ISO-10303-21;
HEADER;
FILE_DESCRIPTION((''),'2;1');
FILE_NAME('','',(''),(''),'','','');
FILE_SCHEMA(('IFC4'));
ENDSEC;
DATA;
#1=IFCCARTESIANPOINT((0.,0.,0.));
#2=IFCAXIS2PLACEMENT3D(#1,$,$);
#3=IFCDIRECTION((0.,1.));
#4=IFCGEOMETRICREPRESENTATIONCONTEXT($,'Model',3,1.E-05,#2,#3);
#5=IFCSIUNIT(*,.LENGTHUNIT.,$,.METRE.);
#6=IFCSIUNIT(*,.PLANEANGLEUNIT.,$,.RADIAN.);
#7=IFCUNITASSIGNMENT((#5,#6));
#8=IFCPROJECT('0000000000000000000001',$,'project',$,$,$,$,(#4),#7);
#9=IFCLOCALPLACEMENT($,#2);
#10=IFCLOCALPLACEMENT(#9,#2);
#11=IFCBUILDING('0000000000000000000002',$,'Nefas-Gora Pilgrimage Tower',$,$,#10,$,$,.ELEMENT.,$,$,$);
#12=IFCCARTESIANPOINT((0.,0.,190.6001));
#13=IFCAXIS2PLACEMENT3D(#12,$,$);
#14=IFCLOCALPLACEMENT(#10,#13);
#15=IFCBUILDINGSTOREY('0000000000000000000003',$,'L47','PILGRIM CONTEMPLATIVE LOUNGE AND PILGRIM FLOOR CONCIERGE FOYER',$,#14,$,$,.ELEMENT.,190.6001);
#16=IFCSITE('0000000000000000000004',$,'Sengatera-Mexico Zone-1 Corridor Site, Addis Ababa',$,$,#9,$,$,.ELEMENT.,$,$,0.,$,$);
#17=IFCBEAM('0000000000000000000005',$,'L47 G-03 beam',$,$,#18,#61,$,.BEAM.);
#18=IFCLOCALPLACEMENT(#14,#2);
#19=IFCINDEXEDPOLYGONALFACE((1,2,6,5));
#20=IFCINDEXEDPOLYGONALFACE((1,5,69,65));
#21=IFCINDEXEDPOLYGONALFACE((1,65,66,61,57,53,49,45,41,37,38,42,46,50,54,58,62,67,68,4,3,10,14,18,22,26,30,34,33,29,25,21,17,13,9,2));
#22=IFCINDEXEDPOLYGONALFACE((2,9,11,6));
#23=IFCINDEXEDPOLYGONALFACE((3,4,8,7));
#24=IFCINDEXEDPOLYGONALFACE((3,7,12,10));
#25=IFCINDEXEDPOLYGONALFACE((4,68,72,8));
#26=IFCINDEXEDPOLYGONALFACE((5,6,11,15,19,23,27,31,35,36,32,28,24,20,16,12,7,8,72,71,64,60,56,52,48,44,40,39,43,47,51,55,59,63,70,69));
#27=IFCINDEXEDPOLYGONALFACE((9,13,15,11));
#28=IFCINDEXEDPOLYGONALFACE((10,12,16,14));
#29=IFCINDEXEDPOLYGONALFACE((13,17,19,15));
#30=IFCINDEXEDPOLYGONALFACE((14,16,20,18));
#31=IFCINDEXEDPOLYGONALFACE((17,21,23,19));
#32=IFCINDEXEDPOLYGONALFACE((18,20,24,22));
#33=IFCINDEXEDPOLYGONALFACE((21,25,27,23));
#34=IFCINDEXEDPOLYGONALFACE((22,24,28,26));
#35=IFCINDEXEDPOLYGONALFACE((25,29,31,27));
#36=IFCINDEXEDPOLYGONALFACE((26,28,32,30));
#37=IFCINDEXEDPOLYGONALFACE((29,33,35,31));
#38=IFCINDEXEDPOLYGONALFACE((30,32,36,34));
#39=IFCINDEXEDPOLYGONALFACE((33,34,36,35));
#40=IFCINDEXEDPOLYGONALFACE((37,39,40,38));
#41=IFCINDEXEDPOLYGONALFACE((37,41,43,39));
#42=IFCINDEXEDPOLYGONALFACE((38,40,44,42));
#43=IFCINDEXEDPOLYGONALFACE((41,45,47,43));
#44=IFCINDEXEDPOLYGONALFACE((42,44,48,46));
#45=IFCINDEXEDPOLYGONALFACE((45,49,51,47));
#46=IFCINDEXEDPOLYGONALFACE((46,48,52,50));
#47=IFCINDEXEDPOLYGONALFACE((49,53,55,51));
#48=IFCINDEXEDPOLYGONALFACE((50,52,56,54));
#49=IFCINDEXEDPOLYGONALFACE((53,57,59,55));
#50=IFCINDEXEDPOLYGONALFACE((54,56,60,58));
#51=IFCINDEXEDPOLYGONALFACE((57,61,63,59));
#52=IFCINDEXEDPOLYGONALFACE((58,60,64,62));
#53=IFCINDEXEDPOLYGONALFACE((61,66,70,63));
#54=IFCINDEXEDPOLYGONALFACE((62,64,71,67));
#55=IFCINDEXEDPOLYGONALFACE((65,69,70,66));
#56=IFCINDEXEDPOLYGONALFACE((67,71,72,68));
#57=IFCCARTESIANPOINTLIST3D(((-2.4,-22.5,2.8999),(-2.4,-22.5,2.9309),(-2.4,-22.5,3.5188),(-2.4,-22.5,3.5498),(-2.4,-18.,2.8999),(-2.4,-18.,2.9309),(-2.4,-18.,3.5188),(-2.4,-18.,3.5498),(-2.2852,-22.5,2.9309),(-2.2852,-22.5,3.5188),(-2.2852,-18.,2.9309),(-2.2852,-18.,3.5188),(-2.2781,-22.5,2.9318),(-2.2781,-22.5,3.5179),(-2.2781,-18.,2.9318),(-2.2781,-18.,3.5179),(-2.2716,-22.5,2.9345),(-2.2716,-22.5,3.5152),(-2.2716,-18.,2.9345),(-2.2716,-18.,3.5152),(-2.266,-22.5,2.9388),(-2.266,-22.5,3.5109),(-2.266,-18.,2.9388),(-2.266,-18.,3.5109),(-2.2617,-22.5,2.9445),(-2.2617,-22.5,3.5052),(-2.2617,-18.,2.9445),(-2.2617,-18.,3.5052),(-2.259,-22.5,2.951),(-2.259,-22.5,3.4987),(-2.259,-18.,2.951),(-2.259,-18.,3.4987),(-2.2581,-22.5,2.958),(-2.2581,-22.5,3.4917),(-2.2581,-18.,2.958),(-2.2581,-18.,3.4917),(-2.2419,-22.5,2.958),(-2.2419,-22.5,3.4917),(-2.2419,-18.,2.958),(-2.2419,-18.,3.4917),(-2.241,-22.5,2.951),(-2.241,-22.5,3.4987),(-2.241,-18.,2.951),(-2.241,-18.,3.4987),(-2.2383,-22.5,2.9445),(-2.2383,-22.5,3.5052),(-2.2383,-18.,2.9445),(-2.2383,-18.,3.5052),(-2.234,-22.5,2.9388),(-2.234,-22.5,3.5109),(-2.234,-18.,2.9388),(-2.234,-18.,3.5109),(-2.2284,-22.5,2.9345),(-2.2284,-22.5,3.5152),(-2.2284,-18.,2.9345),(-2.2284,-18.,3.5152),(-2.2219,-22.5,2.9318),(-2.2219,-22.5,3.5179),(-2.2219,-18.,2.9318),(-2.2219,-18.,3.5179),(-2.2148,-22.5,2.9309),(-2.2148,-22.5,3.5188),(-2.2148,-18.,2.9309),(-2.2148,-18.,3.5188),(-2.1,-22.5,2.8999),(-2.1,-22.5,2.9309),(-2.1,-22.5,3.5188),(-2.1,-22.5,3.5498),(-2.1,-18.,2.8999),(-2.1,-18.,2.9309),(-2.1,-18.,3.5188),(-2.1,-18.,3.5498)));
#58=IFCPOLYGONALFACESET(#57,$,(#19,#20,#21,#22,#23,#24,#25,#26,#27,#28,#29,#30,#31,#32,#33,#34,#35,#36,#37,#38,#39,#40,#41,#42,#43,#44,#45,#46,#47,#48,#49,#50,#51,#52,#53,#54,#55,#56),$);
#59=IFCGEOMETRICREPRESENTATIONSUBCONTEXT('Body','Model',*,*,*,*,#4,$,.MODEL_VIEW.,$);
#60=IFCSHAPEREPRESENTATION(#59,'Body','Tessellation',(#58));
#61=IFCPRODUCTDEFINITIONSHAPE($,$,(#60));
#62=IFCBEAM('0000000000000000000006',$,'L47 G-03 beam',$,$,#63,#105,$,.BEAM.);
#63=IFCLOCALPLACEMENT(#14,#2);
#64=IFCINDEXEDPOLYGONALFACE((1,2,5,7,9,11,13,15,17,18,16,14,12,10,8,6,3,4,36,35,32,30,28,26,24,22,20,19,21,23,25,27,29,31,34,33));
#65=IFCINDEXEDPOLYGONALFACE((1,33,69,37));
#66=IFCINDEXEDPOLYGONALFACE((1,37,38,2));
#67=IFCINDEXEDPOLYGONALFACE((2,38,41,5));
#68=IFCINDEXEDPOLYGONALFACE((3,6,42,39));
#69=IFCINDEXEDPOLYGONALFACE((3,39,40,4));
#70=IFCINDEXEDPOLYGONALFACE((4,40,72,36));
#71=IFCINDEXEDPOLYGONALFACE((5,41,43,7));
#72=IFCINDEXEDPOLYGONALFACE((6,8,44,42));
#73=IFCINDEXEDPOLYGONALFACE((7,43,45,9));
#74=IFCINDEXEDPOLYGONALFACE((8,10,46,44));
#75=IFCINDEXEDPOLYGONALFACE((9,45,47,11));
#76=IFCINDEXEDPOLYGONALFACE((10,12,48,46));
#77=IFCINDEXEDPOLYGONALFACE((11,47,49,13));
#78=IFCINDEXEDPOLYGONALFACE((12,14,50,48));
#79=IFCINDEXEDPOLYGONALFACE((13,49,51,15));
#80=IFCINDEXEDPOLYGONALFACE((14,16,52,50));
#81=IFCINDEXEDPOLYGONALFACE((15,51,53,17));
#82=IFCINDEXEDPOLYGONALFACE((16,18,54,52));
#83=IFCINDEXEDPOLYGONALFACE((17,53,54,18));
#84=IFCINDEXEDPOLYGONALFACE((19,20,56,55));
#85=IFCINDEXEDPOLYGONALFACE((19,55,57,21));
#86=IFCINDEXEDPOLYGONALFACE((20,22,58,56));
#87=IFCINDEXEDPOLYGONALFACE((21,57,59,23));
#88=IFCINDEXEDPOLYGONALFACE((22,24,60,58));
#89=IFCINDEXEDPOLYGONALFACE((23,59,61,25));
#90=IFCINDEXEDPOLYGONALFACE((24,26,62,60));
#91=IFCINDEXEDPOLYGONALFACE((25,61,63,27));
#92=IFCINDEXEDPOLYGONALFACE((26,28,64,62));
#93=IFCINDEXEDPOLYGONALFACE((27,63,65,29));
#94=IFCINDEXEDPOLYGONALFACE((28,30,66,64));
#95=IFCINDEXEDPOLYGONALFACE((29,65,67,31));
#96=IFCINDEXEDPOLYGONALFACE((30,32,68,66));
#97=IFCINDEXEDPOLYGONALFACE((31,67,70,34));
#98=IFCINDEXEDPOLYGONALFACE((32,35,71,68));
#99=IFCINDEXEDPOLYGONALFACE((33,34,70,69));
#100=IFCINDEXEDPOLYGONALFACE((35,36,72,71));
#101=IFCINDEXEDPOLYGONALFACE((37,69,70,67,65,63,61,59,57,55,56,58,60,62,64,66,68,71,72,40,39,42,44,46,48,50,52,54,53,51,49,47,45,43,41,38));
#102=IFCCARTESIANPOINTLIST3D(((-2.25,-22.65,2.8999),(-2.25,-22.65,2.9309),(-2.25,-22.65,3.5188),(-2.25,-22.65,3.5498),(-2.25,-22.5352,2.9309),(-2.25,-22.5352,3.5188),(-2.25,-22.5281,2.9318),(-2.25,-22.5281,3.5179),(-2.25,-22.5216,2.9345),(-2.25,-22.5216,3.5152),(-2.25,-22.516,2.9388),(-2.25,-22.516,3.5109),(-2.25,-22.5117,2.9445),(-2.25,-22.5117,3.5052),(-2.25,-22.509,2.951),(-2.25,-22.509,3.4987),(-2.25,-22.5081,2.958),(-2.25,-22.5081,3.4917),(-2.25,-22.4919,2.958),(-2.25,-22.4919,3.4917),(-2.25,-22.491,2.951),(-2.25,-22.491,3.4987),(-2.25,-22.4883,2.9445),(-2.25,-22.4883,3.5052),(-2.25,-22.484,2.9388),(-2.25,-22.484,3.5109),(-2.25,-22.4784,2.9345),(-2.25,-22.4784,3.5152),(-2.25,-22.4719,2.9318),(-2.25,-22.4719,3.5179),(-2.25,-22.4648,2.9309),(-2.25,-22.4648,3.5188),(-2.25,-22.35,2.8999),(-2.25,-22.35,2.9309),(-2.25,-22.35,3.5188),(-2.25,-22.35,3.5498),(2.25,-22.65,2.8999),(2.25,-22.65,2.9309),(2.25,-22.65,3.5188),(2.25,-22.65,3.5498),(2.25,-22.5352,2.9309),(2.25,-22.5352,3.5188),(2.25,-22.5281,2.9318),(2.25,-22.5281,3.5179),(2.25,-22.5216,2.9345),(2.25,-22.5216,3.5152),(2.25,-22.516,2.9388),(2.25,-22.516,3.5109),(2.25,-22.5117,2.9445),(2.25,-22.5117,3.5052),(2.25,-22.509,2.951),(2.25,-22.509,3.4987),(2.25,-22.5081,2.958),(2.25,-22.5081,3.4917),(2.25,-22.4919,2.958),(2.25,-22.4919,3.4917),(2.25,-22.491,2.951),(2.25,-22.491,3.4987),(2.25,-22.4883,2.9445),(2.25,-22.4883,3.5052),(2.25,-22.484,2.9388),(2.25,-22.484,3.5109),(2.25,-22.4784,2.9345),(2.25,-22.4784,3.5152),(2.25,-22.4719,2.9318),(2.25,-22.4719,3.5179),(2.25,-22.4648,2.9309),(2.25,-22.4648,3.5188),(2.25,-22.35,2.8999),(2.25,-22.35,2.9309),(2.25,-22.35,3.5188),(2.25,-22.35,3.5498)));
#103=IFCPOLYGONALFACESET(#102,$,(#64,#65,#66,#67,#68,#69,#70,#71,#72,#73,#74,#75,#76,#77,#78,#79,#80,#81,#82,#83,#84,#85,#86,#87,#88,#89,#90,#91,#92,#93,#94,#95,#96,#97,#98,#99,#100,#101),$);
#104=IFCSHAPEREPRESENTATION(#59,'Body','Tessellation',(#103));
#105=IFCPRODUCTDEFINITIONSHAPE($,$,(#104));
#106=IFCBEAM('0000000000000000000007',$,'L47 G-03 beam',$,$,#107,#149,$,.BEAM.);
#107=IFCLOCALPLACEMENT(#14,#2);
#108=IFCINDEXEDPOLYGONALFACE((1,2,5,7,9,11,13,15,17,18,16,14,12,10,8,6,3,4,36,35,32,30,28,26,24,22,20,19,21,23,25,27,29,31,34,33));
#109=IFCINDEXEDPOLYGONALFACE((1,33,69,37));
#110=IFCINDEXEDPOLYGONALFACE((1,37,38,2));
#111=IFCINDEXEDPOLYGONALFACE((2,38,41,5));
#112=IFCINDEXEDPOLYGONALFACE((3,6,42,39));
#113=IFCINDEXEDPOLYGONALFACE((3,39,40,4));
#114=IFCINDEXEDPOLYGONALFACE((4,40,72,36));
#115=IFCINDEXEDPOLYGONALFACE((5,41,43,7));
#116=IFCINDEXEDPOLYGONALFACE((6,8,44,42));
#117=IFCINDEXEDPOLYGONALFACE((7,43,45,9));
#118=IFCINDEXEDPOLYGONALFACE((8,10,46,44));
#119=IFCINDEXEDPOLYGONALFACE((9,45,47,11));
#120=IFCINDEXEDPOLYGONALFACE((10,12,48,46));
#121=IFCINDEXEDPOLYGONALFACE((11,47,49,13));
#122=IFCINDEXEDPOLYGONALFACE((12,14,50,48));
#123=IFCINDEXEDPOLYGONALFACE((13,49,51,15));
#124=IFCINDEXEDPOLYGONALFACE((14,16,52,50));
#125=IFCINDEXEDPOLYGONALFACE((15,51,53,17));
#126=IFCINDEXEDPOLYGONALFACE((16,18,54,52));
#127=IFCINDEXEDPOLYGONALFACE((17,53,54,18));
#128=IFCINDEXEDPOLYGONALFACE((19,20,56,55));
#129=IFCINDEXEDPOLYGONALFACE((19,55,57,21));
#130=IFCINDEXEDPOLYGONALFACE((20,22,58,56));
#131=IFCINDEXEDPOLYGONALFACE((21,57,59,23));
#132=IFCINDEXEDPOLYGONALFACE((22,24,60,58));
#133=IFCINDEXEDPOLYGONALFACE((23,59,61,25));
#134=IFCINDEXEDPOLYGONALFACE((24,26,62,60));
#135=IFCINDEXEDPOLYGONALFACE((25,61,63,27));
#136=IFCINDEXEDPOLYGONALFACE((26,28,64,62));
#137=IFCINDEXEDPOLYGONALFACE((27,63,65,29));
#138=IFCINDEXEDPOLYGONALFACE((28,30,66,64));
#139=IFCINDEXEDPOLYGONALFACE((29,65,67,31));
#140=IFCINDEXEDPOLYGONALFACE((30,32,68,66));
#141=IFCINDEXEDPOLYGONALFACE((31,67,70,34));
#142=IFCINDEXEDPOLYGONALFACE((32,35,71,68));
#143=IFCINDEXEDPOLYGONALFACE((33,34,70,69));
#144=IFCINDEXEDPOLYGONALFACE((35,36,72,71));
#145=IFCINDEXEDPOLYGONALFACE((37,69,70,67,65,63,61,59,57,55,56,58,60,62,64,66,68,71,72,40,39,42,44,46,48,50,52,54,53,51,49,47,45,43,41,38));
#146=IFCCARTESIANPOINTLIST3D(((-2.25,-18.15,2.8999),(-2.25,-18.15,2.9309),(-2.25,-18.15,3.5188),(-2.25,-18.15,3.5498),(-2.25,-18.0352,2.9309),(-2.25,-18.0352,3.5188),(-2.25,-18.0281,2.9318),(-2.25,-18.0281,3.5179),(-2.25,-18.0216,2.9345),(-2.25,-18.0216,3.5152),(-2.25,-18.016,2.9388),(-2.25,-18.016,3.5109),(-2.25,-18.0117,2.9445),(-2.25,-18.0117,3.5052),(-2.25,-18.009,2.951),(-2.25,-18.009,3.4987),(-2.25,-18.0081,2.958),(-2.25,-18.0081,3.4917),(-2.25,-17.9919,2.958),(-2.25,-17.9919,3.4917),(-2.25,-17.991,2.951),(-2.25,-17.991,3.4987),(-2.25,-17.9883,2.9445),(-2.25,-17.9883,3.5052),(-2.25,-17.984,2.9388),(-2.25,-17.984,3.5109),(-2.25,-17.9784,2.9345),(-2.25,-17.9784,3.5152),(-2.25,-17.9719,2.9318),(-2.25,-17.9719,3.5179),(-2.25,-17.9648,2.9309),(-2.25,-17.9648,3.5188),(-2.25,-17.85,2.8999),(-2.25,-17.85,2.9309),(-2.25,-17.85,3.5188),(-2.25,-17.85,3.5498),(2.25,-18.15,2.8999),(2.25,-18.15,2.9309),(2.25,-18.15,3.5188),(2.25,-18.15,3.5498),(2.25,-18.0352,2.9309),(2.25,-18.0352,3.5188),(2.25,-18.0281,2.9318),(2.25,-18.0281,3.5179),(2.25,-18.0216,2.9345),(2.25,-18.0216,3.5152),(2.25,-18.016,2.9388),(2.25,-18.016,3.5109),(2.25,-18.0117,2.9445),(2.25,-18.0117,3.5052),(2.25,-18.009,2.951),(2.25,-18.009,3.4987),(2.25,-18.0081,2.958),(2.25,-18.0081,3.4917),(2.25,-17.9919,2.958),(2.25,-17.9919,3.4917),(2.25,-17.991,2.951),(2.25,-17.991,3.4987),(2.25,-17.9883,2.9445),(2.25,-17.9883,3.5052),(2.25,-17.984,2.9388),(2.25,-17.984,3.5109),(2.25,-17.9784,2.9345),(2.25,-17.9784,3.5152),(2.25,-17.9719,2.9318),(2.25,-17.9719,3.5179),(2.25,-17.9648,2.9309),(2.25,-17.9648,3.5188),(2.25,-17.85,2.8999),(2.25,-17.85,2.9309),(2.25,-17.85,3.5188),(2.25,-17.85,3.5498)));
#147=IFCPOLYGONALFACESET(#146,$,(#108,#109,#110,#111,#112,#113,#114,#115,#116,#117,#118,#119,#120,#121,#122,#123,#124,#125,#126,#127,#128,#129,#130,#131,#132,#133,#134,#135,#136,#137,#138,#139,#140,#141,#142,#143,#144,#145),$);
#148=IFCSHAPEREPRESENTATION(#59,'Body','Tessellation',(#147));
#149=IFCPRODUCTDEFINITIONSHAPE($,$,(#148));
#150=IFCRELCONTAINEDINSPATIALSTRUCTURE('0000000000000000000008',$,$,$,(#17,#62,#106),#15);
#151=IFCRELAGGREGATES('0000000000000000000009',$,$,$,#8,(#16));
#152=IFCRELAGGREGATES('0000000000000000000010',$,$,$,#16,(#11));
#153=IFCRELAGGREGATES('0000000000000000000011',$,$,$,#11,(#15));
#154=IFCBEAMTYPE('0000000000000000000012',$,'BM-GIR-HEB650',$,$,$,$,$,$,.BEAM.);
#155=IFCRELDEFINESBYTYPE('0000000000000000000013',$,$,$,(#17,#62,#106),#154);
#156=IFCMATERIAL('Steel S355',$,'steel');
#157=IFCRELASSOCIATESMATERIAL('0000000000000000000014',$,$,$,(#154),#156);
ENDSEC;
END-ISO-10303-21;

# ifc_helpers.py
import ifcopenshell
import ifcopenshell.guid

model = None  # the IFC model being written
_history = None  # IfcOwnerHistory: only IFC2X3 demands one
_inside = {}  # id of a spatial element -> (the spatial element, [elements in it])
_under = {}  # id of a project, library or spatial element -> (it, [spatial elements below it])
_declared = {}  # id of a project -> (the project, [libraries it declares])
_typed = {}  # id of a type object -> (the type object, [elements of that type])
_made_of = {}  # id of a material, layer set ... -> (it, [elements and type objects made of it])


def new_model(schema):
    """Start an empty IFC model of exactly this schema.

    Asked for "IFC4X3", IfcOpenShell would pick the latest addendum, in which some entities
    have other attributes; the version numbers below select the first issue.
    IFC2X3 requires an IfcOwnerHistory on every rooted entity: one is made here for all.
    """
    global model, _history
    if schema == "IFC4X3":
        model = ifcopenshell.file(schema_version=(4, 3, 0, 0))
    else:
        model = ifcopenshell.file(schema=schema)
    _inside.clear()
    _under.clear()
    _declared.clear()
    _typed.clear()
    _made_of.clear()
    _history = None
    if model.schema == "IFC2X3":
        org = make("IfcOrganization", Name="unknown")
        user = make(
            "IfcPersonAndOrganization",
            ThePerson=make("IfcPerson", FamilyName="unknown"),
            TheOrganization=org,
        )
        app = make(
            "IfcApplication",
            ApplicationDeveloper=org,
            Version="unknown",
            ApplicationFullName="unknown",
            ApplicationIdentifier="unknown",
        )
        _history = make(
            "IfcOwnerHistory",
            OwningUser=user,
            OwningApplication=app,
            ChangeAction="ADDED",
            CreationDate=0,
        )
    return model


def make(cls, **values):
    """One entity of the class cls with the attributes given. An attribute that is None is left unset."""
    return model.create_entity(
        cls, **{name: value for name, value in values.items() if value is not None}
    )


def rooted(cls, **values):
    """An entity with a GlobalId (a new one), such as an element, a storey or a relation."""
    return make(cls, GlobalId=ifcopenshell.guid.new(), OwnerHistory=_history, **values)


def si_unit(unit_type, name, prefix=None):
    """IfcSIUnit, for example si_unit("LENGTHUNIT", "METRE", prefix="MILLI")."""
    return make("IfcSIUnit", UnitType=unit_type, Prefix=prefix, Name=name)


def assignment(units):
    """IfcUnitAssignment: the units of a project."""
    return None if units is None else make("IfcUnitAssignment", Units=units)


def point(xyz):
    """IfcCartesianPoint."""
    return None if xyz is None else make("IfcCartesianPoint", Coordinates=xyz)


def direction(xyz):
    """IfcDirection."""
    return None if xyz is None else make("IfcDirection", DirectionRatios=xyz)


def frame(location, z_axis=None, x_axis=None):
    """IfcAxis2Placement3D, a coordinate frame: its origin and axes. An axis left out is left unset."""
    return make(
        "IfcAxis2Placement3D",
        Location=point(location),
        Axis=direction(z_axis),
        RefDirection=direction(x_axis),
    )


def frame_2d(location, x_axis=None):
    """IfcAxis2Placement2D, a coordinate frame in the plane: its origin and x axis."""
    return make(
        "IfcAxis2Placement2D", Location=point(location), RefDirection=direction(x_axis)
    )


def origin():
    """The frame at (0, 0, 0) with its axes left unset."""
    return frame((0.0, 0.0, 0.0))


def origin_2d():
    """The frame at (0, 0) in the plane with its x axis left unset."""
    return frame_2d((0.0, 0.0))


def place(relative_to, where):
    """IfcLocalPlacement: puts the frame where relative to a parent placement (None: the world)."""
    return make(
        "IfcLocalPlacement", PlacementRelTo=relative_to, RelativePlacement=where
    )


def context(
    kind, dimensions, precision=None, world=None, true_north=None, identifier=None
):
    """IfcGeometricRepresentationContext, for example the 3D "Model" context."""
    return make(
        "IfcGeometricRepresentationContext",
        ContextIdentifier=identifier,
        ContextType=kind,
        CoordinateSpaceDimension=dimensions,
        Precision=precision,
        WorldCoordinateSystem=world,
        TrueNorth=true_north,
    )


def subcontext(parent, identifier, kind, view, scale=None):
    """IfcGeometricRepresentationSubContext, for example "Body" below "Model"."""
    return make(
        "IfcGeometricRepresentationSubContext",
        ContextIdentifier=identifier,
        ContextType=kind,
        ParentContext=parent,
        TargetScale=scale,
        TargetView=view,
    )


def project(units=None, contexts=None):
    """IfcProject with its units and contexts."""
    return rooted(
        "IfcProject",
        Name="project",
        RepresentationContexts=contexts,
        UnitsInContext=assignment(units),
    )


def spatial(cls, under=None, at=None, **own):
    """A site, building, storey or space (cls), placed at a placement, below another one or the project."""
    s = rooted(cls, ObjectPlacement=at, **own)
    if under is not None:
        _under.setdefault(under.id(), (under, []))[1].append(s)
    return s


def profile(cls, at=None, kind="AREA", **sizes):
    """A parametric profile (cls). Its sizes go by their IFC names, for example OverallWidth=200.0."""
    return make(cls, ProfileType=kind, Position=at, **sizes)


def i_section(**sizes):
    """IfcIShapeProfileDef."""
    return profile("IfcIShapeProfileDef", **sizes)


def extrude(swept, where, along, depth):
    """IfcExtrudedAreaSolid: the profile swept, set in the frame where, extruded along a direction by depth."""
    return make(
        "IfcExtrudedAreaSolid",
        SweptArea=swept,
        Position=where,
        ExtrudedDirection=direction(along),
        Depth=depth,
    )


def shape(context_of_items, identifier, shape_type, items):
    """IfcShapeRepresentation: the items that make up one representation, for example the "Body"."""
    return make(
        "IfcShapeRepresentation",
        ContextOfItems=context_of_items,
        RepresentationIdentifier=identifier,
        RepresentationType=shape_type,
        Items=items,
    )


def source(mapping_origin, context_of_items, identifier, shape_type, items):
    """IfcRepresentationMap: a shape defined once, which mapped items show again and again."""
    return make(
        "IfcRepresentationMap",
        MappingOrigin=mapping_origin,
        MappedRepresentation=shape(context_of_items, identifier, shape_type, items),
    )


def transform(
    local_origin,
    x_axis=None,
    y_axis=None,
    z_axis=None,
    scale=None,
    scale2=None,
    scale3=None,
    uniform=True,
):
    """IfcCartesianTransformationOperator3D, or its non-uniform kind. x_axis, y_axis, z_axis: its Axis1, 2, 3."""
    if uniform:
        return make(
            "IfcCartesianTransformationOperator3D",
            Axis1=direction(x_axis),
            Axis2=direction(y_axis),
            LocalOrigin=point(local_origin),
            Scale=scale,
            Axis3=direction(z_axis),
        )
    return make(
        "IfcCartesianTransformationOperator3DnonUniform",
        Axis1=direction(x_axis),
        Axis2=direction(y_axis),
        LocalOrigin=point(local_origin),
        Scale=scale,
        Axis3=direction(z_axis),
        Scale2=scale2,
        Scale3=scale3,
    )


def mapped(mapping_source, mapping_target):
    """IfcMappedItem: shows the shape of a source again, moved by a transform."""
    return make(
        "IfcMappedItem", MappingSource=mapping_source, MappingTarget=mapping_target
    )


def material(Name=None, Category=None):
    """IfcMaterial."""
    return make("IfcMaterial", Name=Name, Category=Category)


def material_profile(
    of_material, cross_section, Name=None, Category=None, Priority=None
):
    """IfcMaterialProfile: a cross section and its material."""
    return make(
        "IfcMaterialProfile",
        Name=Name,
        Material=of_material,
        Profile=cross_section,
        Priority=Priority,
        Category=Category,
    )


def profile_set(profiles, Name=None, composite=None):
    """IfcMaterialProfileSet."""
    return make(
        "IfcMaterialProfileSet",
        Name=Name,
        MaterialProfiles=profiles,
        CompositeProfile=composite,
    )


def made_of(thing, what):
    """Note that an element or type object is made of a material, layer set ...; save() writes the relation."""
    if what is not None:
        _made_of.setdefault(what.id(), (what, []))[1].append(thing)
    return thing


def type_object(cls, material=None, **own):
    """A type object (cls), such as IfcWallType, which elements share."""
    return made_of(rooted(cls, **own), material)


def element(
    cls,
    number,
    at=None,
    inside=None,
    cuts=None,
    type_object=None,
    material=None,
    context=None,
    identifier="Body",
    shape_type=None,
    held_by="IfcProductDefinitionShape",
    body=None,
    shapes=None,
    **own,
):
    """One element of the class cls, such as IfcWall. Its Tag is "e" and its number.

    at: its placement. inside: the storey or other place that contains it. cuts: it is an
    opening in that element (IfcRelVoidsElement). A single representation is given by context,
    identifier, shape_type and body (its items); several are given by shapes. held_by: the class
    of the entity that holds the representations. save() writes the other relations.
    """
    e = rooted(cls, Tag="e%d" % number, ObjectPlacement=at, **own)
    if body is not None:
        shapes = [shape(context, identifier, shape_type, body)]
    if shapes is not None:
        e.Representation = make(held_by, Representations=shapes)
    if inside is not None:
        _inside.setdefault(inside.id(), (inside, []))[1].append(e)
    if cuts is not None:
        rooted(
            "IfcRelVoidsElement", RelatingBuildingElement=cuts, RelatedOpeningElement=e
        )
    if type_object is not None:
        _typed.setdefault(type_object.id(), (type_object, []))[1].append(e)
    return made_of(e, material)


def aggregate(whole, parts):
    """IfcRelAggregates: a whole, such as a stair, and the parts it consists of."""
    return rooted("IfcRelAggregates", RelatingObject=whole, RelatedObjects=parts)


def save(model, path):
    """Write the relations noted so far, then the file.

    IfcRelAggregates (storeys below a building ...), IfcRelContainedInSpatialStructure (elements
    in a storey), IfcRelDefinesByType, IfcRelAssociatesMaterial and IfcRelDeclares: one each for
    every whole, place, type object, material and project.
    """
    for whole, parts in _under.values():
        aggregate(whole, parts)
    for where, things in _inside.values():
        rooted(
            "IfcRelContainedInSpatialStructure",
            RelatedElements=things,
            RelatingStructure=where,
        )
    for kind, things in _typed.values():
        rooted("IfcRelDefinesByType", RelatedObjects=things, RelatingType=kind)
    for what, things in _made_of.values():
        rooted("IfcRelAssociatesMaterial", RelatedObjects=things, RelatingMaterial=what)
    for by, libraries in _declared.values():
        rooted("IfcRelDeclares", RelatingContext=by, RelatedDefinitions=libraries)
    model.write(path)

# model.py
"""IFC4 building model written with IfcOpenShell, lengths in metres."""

from ifc_helpers import new_model, si_unit, direction, frame, origin, origin_2d, place, context, subcontext, project, spatial, i_section, extrude, source, transform, mapped, material, material_profile, profile_set, type_object, element, save


model = new_model("IFC4")

# Units and contexts
model_context = context("Model", 3, precision=1e-05, world=origin(), true_north=direction((0.0, 1.0)))
body_context = subcontext(model_context, "Body", "Model", "MODEL_VIEW")
ifc_project = project(units=[si_unit("LENGTHUNIT", "METRE"), si_unit("PLANEANGLEUNIT", "RADIAN")], contexts=[model_context])

# Site, building, storey
site_placement = place(None, origin())
site = spatial("IfcSite", under=ifc_project, at=site_placement, Name="Sengatera-Mexico Zone-1 Corridor Site, Addis Ababa", CompositionType="ELEMENT", RefElevation=0.0)
building_placement = place(site_placement, origin())
building = spatial("IfcBuilding", under=site, at=building_placement, Name="Nefas-Gora Pilgrimage Tower", CompositionType="ELEMENT")
storey_placement = place(building_placement, frame((0.0, 0.0, 190.6001)))
storey = spatial("IfcBuildingStorey", under=building, at=storey_placement, Name="L47", Description="PILGRIM CONTEMPLATIVE LOUNGE AND PILGRIM FLOOR CONCIERGE FOYER", CompositionType="ELEMENT", Elevation=190.6001)

# Beams
ifc_material_1 = material(Name="Steel S355", Category="steel")
ifc_material_profile_1 = material_profile(ifc_material_1, i_section(OverallWidth=0.3, OverallDepth=0.6499, WebThickness=0.0161, FlangeThickness=0.031, FilletRadius=0.0271, at=origin_2d()), Name="HEB 650")
ifc_profile_set_1 = profile_set([ifc_material_profile_1], Name="Steel S355")
beam_type = type_object("IfcBeamType", Name="BM-GIR-HEB650", PredefinedType="BEAM", material=ifc_profile_set_1)
shared_shape_1 = source(origin(), body_context, "Body", "SweptSolid", [
    extrude(i_section(OverallWidth=0.3, OverallDepth=0.6499, WebThickness=0.0161, FlangeThickness=0.031, FilletRadius=0.0271, at=origin_2d()), origin(), (0.0, 0.0, 1.0), 4.5),
])
for number, where, z_axis, x_axis, name in (
    (1, (-2.25, -22.5, 3.2249), (0.0, 1.0, 0.0), (-1.0, 0.0, 0.0), "L47 G-03 beam"),
    (2, (-2.25, -22.5, 3.2249), (1.0, 0.0, 0.0), (0.0, 1.0, 0.0), "L47 G-03 beam"),
    (3, (-2.25, -18.0, 3.2249), (1.0, 0.0, 0.0), (0.0, 1.0, 0.0), "L47 G-03 beam"),
):
    element("IfcBeam", number, at=place(storey_placement, frame(where, z_axis=z_axis, x_axis=x_axis)), inside=storey, type_object=beam_type, Name=name, PredefinedType="BEAM", context=body_context, shape_type="MappedRepresentation", body=[
        mapped(shared_shape_1, transform((0.0, 0.0, 0.0), x_axis=(1.0, 0.0, 0.0), y_axis=(0.0, 1.0, 0.0), z_axis=(0.0, 0.0, 1.0), scale=1.0)),
    ])

save(model, "model.ifc")
